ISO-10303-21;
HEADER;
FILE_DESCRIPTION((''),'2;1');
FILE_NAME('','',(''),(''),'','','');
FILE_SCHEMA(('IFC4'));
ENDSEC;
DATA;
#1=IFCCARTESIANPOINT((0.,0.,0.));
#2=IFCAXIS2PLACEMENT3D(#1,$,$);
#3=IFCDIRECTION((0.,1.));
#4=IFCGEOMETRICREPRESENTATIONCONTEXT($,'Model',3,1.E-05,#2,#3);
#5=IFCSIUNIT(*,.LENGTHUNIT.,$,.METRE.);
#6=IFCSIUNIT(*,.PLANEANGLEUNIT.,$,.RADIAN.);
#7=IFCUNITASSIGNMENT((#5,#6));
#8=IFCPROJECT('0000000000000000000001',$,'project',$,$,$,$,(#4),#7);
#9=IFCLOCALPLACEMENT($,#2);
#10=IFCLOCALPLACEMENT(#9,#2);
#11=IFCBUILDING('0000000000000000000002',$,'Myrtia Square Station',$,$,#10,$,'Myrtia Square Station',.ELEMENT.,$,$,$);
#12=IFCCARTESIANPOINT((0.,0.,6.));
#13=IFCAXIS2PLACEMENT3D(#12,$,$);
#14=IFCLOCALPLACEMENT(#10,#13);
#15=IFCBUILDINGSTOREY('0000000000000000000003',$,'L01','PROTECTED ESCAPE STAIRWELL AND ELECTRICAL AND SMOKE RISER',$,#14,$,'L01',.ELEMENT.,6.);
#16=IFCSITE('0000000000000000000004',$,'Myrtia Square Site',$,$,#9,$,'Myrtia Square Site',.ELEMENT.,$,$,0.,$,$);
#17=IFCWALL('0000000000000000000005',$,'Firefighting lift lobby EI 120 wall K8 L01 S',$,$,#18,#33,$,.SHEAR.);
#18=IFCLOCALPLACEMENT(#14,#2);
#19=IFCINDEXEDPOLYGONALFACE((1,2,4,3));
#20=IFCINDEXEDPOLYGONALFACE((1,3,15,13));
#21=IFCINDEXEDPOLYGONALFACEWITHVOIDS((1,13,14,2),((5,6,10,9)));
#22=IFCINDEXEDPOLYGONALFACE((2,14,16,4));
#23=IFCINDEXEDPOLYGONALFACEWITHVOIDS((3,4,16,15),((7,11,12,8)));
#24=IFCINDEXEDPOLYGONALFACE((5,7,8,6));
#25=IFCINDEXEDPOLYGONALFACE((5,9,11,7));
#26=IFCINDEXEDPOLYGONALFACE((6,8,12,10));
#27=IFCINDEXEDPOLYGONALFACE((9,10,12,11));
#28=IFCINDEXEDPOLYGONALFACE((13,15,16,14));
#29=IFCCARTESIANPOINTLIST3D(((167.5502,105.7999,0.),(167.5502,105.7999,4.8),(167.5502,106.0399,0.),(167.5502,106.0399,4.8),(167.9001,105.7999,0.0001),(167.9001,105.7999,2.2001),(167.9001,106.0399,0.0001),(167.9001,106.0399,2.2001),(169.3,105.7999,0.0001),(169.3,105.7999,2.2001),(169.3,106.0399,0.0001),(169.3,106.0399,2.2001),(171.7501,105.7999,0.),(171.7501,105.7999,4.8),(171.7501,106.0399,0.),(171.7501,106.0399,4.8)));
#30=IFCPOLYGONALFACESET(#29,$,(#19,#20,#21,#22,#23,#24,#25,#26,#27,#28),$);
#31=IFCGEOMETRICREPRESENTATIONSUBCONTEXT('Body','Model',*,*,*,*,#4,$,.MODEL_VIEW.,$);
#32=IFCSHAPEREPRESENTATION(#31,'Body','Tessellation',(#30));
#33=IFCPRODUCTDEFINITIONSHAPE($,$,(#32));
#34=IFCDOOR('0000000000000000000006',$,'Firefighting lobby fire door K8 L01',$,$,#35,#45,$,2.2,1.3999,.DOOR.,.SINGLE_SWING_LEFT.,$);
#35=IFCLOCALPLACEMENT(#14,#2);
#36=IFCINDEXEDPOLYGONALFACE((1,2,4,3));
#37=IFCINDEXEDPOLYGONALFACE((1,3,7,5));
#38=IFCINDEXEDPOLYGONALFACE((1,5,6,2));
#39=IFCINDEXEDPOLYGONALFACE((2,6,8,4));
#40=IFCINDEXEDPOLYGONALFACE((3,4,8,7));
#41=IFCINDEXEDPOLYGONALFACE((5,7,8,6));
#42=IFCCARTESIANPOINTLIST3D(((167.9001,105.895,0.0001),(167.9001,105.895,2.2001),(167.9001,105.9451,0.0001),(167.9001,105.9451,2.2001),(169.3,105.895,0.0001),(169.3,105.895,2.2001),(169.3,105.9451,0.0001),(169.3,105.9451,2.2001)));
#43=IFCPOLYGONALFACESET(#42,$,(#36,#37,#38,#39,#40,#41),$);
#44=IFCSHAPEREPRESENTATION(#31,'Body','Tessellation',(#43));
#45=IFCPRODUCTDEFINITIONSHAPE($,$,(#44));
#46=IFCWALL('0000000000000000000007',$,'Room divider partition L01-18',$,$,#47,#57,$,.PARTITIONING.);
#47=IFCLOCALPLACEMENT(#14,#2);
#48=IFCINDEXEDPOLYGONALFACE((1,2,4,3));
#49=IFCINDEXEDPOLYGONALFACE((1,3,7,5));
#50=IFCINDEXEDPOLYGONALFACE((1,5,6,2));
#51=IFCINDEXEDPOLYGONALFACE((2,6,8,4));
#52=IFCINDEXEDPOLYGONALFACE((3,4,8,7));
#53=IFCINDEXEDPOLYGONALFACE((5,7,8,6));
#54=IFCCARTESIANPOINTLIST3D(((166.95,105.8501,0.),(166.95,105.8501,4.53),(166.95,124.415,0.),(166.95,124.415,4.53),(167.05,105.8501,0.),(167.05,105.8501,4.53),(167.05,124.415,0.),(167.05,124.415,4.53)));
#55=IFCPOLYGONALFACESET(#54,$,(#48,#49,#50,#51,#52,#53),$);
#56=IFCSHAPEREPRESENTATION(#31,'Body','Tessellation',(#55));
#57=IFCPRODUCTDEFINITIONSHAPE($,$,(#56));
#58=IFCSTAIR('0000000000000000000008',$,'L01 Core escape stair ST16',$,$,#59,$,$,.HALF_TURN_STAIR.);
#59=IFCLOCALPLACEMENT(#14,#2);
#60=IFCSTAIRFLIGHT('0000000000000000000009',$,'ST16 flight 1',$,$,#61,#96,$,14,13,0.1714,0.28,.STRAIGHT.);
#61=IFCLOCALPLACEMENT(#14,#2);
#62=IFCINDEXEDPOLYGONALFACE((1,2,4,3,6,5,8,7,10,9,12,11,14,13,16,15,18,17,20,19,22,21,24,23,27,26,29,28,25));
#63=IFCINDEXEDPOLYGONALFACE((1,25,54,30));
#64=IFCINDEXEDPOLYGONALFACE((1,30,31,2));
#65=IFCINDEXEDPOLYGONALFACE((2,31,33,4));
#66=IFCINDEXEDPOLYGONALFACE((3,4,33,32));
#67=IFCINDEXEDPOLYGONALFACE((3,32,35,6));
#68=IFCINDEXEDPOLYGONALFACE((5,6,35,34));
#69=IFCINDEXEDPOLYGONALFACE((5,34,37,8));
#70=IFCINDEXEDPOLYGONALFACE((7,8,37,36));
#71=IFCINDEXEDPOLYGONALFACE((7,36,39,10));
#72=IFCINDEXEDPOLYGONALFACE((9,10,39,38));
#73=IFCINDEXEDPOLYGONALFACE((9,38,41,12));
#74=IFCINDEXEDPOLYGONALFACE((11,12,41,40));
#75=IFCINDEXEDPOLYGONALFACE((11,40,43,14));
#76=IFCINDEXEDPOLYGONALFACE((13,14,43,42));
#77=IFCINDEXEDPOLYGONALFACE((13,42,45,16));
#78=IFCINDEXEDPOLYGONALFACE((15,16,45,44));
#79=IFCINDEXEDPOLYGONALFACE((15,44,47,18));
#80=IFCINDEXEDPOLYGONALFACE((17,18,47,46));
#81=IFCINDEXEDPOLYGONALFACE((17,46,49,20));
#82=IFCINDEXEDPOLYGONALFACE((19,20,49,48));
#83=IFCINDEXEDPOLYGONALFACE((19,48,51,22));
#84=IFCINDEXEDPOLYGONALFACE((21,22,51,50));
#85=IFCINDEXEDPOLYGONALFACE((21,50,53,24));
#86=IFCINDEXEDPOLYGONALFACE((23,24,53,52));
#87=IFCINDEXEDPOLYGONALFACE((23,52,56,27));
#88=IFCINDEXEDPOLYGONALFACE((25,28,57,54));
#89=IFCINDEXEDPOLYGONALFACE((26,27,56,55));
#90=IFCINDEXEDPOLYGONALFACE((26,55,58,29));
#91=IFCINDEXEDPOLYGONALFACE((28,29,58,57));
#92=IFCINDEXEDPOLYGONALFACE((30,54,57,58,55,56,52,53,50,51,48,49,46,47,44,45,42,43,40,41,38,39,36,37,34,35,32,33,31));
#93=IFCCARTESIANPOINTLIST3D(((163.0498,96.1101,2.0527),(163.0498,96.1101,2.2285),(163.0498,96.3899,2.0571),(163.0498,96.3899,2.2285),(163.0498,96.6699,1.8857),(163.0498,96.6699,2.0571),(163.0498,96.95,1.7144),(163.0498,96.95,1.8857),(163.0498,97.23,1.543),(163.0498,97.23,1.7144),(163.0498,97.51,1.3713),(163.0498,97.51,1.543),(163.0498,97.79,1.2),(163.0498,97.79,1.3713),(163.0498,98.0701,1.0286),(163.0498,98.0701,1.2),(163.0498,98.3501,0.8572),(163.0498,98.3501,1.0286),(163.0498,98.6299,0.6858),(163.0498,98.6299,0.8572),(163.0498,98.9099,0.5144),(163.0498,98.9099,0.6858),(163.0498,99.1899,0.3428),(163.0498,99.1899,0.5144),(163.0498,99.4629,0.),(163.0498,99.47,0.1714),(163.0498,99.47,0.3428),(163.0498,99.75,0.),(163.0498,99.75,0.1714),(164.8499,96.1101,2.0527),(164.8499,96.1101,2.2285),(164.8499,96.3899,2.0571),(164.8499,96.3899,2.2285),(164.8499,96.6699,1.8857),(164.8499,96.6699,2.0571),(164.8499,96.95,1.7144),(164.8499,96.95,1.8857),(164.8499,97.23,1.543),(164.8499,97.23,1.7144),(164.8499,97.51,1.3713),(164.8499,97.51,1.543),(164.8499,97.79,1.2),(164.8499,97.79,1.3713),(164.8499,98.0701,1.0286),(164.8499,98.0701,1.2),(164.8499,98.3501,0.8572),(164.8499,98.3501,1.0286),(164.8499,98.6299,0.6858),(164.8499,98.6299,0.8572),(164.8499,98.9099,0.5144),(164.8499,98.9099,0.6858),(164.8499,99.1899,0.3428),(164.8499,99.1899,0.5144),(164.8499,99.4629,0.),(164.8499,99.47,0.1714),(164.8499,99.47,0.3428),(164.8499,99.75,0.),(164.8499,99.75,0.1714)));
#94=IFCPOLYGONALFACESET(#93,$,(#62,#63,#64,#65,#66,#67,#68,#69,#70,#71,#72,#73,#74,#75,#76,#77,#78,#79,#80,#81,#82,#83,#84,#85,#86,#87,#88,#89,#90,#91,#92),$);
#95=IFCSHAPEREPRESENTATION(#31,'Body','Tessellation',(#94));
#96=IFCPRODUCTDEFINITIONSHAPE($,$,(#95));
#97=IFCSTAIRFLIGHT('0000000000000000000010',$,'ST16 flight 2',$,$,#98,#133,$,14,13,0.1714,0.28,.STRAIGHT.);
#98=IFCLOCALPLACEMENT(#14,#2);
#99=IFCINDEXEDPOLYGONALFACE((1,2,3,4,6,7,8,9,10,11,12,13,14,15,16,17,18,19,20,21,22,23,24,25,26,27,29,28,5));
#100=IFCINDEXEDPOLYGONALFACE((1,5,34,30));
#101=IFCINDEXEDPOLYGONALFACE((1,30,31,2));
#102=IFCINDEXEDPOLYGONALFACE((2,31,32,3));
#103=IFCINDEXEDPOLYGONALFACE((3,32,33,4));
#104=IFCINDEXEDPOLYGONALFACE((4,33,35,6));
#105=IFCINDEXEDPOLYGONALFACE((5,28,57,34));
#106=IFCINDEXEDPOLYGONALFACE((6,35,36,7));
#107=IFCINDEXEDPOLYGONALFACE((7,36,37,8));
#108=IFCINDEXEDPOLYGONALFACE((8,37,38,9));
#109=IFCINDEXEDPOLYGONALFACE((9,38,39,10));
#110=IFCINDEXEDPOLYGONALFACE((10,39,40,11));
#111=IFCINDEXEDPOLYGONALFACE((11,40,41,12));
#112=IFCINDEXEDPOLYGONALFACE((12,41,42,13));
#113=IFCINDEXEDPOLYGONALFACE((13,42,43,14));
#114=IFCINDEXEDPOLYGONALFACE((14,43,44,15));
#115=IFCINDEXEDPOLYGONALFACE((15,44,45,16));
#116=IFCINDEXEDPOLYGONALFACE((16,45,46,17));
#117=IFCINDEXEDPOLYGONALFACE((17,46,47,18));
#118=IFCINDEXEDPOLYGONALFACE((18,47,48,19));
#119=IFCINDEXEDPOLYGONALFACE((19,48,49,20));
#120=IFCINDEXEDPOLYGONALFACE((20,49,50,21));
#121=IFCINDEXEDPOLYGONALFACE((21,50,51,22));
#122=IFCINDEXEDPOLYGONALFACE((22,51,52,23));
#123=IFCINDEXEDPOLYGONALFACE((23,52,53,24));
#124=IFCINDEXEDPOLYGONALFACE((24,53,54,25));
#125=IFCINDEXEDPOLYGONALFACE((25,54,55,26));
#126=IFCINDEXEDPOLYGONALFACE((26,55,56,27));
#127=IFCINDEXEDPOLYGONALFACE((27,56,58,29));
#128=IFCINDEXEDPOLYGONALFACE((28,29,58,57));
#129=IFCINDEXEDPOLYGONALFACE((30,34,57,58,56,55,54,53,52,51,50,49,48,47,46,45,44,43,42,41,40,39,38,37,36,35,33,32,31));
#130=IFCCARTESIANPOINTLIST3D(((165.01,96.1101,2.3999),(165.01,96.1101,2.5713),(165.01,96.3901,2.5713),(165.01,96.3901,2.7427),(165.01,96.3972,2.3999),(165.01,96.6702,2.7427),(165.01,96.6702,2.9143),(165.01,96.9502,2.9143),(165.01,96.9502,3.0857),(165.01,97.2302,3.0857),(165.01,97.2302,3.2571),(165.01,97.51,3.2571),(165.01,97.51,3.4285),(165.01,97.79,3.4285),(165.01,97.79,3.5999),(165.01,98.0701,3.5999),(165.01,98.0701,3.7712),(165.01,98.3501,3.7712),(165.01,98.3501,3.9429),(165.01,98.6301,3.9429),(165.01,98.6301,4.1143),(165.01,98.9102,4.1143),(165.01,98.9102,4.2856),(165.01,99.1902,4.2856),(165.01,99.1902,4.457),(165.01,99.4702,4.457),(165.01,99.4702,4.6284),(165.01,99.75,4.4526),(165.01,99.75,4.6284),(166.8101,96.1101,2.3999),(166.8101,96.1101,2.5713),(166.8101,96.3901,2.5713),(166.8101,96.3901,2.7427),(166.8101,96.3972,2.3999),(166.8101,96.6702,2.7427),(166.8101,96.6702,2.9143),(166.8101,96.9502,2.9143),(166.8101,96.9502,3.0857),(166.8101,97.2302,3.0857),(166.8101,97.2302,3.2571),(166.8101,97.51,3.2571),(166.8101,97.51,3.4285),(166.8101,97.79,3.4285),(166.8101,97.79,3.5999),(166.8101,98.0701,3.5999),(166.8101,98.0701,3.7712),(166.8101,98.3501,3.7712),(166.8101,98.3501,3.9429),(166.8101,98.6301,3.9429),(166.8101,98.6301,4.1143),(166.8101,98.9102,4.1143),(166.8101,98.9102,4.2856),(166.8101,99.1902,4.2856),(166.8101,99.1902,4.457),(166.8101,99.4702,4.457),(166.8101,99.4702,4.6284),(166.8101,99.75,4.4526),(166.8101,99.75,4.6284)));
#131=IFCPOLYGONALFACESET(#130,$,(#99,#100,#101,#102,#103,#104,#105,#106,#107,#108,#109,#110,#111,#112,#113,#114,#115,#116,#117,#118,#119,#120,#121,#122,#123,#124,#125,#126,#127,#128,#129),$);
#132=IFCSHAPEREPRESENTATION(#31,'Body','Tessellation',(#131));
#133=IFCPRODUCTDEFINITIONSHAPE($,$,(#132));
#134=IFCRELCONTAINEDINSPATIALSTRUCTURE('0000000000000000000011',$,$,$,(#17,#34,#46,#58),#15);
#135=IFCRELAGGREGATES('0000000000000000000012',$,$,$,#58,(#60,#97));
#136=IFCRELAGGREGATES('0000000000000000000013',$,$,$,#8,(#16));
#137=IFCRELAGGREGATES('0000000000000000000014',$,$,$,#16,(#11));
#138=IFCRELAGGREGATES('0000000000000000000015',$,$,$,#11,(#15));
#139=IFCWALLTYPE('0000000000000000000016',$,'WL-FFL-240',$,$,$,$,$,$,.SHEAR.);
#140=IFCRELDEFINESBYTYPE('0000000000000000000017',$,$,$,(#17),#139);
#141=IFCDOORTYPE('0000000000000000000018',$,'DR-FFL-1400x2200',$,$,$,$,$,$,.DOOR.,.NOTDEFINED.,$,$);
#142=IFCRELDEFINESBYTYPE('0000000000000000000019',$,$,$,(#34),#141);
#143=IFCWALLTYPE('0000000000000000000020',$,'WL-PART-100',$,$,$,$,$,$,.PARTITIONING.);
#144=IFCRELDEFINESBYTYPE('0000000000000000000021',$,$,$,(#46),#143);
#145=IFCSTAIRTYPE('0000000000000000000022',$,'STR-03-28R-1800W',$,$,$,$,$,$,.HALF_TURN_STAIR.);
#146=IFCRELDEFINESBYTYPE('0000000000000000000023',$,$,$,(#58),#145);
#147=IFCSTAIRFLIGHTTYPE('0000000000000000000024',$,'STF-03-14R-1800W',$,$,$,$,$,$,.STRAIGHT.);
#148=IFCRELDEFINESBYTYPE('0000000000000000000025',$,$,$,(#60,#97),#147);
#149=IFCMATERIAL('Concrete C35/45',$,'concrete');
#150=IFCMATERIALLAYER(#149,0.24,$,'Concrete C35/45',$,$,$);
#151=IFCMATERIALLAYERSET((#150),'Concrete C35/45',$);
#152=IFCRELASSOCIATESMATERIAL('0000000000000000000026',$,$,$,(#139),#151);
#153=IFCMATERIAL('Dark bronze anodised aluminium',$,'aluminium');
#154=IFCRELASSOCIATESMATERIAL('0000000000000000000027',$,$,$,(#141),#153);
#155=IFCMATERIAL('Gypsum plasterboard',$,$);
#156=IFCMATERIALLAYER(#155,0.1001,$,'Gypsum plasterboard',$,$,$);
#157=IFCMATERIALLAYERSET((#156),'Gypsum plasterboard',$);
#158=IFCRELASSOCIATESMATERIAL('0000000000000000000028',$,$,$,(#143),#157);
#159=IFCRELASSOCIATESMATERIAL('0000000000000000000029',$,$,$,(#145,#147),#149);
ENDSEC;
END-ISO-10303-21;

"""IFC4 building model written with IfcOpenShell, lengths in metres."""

from ifc_helpers import new_model, si_unit, direction, frame, frame_2d, origin, place, context, subcontext, project, spatial, polyline, rectangle, outline, extrude, material, layer, layer_set, type_object, element, fill, aggregate, save


model = new_model("IFC4")

# Units and contexts
model_context = context("Model", 3, precision=1e-05, world=origin(), true_north=direction((0.0, 1.0)))
body_context = subcontext(model_context, "Body", "Model", "MODEL_VIEW")
ifc_project = project(units=[si_unit("LENGTHUNIT", "METRE"), si_unit("PLANEANGLEUNIT", "RADIAN")], contexts=[model_context])

# Site, building, storey
site_placement = place(None, origin())
site = spatial("IfcSite", under=ifc_project, at=site_placement, Name="Myrtia Square Site", LongName="Myrtia Square Site", CompositionType="ELEMENT", RefElevation=0.0)
building_placement = place(site_placement, origin())
building = spatial("IfcBuilding", under=site, at=building_placement, Name="Myrtia Square Station", LongName="Myrtia Square Station", CompositionType="ELEMENT")
storey_placement = place(building_placement, frame((0.0, 0.0, 6.0)))
storey = spatial("IfcBuildingStorey", under=building, at=storey_placement, Name="L01", Description="PROTECTED ESCAPE STAIRWELL AND ELECTRICAL AND SMOKE RISER", LongName="L01", CompositionType="ELEMENT", Elevation=6.0)

# Shared definitions
ifc_material_1 = material(Name="Concrete C35/45", Category="concrete")
ifc_material_2 = material(Name="Dark bronze anodised aluminium", Category="aluminium")

# Wall, opening, door
ifc_layer_1 = layer(ifc_material_1, 0.24, Name="Concrete C35/45")
ifc_layer_set_1 = layer_set([ifc_layer_1], Name="Concrete C35/45")
wall_type_1 = type_object("IfcWallType", Name="WL-FFL-240", PredefinedType="SHEAR", material=ifc_layer_set_1)
wall_1_placement = place(storey_placement, frame((167.55, 105.9199, 0.0), z_axis=(0.0, 0.0, 1.0), x_axis=(1.0, 0.0, 0.0)))
wall_1 = element("IfcWall", 1, at=wall_1_placement, inside=storey, type_object=wall_type_1, Name="Firefighting lift lobby EI 120 wall K8 L01 S", PredefinedType="SHEAR", context=body_context, shape_type="SweptSolid", body=[
    extrude(rectangle(XDim=4.2, YDim=0.24, at=frame_2d((2.1001, 0.0))), origin(), (0.0, 0.0, 1.0), 4.8),
])
opening_1_placement = place(wall_1_placement, frame((0.3501, 0.0, 0.0)))
opening_1 = element("IfcOpeningElement", 2, at=opening_1_placement, cuts=wall_1, PredefinedType="OPENING", context=body_context, shape_type="SweptSolid", body=[
    extrude(rectangle(XDim=1.3999, YDim=2.2, at=frame_2d((0.7, 1.1001))), frame((0.0, 0.135, 0.0), z_axis=(0.0, -1.0, 0.0), x_axis=(1.0, 0.0, 0.0)), (0.0, 0.0, 1.0), 0.27),
])
door_type_1 = type_object("IfcDoorType", Name="DR-FFL-1400x2200", OperationType="NOTDEFINED", PredefinedType="DOOR", material=ifc_material_2)
door_1_placement = place(opening_1_placement, frame((1.3999, 0.0, 0.0), z_axis=(0.0, 0.0, 1.0), x_axis=(-1.0, 0.0, 0.0)))
door_1 = element("IfcDoor", 3, at=door_1_placement, inside=storey, type_object=door_type_1, Name="Firefighting lobby fire door K8 L01", OperationType="SINGLE_SWING_LEFT", OverallHeight=2.2, OverallWidth=1.3999, PredefinedType="DOOR", context=body_context, shape_type="SweptSolid", body=[
    extrude(rectangle(XDim=1.3999, YDim=2.2, at=frame_2d((0.7, 1.1001))), frame((0.0, 0.0249, 0.0), z_axis=(0.0, -1.0, 0.0), x_axis=(1.0, 0.0, 0.0)), (0.0, 0.0, 1.0), 0.05),
])
fill(opening_1, door_1)

# Wall
ifc_material_3 = material(Name="Gypsum plasterboard")
ifc_layer_2 = layer(ifc_material_3, 0.1001, Name="Gypsum plasterboard")
ifc_layer_set_2 = layer_set([ifc_layer_2], Name="Gypsum plasterboard")
wall_type_2 = type_object("IfcWallType", Name="WL-PART-100", PredefinedType="PARTITIONING", material=ifc_layer_set_2)
wall_2_placement = place(storey_placement, frame((167.0, 105.8501, 0.0), z_axis=(0.0, 0.0, 1.0), x_axis=(0.0, 1.0, 0.0)))
element("IfcWall", 4, at=wall_2_placement, inside=storey, type_object=wall_type_2, Name="Room divider partition L01-18", PredefinedType="PARTITIONING", context=body_context, shape_type="SweptSolid", body=[
    extrude(rectangle(XDim=18.5649, YDim=0.1001, at=frame_2d((9.2825, 0.0))), origin(), (0.0, 0.0, 1.0), 4.53),
])

# Stair, stair flights
stair_type = type_object("IfcStairType", Name="STR-03-28R-1800W", PredefinedType="HALF_TURN_STAIR", material=ifc_material_1)
stair_placement = place(storey_placement, origin())
stair = element("IfcStair", 5, at=stair_placement, inside=storey, type_object=stair_type, Name="L01 Core escape stair ST16", PredefinedType="HALF_TURN_STAIR")
stair_flight_type = type_object("IfcStairFlightType", Name="STF-03-14R-1800W", PredefinedType="STRAIGHT", material=ifc_material_1)
stair_flight_1_placement = place(storey_placement, frame((163.95, 99.75, 0.0), z_axis=(0.0, 0.0, 1.0), x_axis=(0.0, -1.0, 0.0)))
stair_flight_1 = element("IfcStairFlight", 6, at=stair_flight_1_placement, type_object=stair_flight_type, Name="ST16 flight 1", NumberOfRisers=14, NumberOfTreads=13, PredefinedType="STRAIGHT", RiserHeight=0.1714, TreadLength=0.28, context=body_context, shape_type="SweptSolid", body=[
    extrude(outline(polyline([(0.0, 0.0), (0.0, 0.1714), (0.28, 0.1714), (0.28, 0.3428), (0.5601, 0.3428), (0.5601, 0.5144), (0.8401, 0.5144), (0.8401, 0.6858), (1.1201, 0.6858), (1.1201, 0.8572), (1.3999, 0.8572), (1.3999, 1.0286), (1.6799, 1.0286), (1.6799, 1.2), (1.96, 1.2), (1.96, 1.3713), (2.24, 1.3713), (2.24, 1.543), (2.52, 1.543), (2.52, 1.7144), (2.8, 1.7144), (2.8, 1.8857), (3.0801, 1.8857), (3.0801, 2.0571), (3.3601, 2.0571), (3.3601, 2.2285), (3.6399, 2.2285), (3.6399, 2.3999), (3.6399, 2.0527), (0.2871, 0.0), (0.0, 0.0)])), frame((0.0, 0.8999, 0.0), z_axis=(0.0, -1.0, 0.0), x_axis=(1.0, 0.0, 0.0)), (0.0, 0.0, 1.0), 1.8),
])
stair_flight_2_placement = place(storey_placement, frame((165.9099, 96.1101, 2.3999), z_axis=(0.0, 0.0, 1.0), x_axis=(0.0, 1.0, 0.0)))
stair_flight_2 = element("IfcStairFlight", 7, at=stair_flight_2_placement, type_object=stair_flight_type, Name="ST16 flight 2", NumberOfRisers=14, NumberOfTreads=13, PredefinedType="STRAIGHT", RiserHeight=0.1714, TreadLength=0.28, context=body_context, shape_type="SweptSolid", body=[
    extrude(outline(polyline([(0.0, 0.0), (0.0, 0.1714), (0.28, 0.1714), (0.28, 0.3428), (0.5601, 0.3428), (0.5601, 0.5144), (0.8401, 0.5144), (0.8401, 0.6858), (1.1201, 0.6858), (1.1201, 0.8572), (1.3999, 0.8572), (1.3999, 1.0286), (1.6799, 1.0286), (1.6799, 1.2), (1.96, 1.2), (1.96, 1.3713), (2.24, 1.3713), (2.24, 1.543), (2.52, 1.543), (2.52, 1.7144), (2.8, 1.7144), (2.8, 1.8857), (3.0801, 1.8857), (3.0801, 2.0571), (3.3601, 2.0571), (3.3601, 2.2285), (3.6399, 2.2285), (3.6399, 2.3999), (3.6399, 2.0527), (0.2871, 0.0), (0.0, 0.0)])), frame((0.0, 0.8999, 0.0), z_axis=(0.0, -1.0, 0.0), x_axis=(1.0, 0.0, 0.0)), (0.0, 0.0, 1.0), 1.8),
])
aggregate(stair, [stair_flight_1, stair_flight_2])

save(model, "model.ifc")
